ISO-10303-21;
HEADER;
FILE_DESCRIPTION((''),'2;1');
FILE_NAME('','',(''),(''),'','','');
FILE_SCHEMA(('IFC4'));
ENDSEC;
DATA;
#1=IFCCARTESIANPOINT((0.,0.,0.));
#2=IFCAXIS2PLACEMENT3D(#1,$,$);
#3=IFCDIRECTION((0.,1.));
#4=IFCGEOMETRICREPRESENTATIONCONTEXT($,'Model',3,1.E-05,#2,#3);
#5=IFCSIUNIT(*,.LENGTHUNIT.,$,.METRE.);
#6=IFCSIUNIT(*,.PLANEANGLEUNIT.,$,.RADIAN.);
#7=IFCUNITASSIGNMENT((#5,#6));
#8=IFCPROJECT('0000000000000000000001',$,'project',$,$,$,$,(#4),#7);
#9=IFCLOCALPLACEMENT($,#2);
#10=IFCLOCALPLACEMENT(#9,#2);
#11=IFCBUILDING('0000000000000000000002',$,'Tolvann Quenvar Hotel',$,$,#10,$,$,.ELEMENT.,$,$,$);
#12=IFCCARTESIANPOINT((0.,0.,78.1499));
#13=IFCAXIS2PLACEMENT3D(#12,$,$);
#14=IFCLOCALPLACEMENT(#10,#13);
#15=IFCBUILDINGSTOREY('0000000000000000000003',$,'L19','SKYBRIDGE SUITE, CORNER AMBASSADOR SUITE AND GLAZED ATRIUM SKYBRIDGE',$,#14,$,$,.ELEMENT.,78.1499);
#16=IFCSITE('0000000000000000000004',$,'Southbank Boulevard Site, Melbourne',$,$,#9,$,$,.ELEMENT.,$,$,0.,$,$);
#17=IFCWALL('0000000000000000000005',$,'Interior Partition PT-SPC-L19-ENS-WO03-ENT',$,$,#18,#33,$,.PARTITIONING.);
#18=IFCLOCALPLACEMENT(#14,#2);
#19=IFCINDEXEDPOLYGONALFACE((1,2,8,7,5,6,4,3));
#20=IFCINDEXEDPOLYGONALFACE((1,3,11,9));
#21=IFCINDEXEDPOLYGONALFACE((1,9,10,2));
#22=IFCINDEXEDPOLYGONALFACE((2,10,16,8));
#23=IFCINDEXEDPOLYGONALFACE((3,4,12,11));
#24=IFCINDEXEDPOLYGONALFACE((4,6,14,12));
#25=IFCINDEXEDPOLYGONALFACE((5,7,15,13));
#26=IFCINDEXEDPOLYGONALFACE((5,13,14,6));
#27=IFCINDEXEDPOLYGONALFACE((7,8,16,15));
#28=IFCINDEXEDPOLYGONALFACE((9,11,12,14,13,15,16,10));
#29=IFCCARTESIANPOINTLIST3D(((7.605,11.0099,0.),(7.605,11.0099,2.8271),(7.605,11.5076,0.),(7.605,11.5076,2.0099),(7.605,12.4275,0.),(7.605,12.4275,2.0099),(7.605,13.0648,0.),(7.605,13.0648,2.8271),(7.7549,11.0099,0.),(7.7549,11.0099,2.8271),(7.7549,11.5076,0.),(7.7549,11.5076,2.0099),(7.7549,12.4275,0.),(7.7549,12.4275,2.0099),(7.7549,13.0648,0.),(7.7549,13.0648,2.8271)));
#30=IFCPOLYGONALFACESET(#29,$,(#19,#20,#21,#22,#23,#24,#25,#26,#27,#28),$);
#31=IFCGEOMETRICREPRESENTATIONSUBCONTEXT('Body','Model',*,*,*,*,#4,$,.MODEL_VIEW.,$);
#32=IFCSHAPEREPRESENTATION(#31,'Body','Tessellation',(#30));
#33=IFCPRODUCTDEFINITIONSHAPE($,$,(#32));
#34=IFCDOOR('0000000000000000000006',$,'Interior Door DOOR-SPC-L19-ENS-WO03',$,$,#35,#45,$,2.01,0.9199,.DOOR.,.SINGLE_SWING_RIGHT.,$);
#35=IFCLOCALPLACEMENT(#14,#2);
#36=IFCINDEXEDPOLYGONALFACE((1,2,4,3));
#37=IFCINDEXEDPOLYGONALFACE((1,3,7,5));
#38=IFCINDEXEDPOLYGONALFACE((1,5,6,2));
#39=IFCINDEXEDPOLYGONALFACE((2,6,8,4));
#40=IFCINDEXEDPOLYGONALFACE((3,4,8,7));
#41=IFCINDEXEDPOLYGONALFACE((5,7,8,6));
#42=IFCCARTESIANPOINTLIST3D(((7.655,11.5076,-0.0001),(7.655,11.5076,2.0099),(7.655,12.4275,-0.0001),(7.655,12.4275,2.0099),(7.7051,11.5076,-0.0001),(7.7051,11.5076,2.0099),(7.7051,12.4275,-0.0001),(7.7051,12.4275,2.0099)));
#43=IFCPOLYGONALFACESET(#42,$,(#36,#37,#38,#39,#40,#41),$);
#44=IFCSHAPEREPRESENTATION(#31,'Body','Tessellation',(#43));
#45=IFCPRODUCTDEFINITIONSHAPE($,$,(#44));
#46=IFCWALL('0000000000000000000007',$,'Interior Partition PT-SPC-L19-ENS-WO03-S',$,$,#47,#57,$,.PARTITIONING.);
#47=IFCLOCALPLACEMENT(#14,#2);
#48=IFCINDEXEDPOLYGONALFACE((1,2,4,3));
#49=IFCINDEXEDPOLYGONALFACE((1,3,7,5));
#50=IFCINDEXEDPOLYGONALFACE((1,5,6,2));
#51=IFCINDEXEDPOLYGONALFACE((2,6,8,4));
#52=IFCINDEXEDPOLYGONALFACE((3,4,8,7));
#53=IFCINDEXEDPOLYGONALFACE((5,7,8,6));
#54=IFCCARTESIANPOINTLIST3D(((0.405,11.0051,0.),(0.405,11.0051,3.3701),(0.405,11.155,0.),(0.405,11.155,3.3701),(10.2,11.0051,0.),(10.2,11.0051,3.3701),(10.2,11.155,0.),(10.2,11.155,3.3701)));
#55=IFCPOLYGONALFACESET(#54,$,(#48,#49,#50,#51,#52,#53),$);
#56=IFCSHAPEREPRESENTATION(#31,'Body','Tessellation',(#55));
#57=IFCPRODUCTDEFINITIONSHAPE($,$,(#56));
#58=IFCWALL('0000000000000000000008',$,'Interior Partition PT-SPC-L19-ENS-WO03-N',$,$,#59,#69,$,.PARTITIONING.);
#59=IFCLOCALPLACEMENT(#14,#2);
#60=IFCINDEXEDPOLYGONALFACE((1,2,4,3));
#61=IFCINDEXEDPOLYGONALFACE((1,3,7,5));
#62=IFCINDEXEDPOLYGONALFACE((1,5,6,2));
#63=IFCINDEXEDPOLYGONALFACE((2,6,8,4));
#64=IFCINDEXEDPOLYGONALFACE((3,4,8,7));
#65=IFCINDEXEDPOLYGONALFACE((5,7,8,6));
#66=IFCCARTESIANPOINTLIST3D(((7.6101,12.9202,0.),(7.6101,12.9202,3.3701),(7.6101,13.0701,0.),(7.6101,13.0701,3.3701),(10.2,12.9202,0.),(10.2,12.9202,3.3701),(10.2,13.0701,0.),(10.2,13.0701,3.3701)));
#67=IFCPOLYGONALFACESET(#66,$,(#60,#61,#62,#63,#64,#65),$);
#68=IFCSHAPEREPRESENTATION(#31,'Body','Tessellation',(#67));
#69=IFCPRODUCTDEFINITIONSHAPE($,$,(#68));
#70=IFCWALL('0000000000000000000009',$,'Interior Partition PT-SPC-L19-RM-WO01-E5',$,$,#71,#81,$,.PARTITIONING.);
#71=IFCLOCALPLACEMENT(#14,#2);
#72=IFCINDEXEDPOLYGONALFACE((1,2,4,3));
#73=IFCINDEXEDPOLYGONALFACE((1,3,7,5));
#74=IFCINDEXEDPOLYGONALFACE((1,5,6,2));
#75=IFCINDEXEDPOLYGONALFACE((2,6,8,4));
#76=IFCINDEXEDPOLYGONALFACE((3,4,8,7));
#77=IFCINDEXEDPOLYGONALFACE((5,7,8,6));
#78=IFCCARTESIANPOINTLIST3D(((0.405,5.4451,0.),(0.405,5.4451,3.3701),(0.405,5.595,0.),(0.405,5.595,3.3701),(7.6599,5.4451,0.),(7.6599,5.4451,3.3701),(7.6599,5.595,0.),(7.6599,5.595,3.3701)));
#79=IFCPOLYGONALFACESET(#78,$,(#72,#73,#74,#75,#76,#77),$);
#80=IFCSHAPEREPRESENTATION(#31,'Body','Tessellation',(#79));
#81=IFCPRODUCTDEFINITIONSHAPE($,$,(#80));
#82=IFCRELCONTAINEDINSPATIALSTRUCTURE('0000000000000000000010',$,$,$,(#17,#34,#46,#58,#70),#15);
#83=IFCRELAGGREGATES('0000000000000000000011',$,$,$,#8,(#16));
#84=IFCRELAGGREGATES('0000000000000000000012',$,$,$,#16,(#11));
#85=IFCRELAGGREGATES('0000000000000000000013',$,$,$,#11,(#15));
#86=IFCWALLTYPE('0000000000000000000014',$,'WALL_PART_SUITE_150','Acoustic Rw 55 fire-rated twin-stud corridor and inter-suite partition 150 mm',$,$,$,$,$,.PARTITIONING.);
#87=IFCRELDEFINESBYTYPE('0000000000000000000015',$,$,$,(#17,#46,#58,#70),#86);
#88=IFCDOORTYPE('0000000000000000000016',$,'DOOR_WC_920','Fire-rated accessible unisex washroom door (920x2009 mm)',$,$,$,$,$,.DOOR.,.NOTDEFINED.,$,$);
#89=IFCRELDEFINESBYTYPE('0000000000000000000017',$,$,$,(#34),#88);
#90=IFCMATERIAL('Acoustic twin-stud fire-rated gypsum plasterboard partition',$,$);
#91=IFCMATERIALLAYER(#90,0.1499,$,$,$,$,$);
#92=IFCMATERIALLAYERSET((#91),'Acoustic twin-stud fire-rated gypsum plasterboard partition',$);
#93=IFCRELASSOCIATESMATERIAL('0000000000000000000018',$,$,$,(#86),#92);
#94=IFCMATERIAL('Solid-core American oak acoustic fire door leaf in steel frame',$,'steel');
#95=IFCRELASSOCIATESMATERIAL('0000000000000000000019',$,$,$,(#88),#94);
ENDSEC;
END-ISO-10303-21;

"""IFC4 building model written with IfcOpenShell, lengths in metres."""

from ifc_helpers import new_model, si_unit, direction, frame, frame_2d, origin, place, context, subcontext, project, spatial, rectangle, extrude, source, transform, mapped, material, layer, layer_set, type_object, type_shapes, element, fill, save


model = new_model("IFC4")

# Units and contexts
model_context = context("Model", 3, precision=1e-05, world=origin(), true_north=direction((0.0, 1.0)))
body_context = subcontext(model_context, "Body", "Model", "MODEL_VIEW")
ifc_project = project(units=[si_unit("LENGTHUNIT", "METRE"), si_unit("PLANEANGLEUNIT", "RADIAN")], contexts=[model_context])

# Site, building, storey
site_placement = place(None, origin())
site = spatial("IfcSite", under=ifc_project, at=site_placement, Name="Southbank Boulevard Site, Melbourne", CompositionType="ELEMENT", RefElevation=0.0)
building_placement = place(site_placement, origin())
building = spatial("IfcBuilding", under=site, at=building_placement, Name="Tolvann Quenvar Hotel", CompositionType="ELEMENT")
storey_placement = place(building_placement, frame((0.0, 0.0, 78.1499)))
storey = spatial("IfcBuildingStorey", under=building, at=storey_placement, Name="L19", Description="SKYBRIDGE SUITE, CORNER AMBASSADOR SUITE AND GLAZED ATRIUM SKYBRIDGE", CompositionType="ELEMENT", Elevation=78.1499)

# Shared definitions
ifc_material_1 = material(Name="Acoustic twin-stud fire-rated gypsum plasterboard partition")
ifc_layer_1 = layer(ifc_material_1, 0.1499)
ifc_layer_set_1 = layer_set([ifc_layer_1], Name="Acoustic twin-stud fire-rated gypsum plasterboard partition")
wall_type_1 = type_object("IfcWallType", Name="WALL_PART_SUITE_150", Description="Acoustic Rw 55 fire-rated twin-stud corridor and inter-suite partition 150 mm", PredefinedType="PARTITIONING", material=ifc_layer_set_1)
ifc_material_2 = material(Name="Solid-core American oak acoustic fire door leaf in steel frame", Category="steel")
door_type = type_object("IfcDoorType", Name="DOOR_WC_920", Description="Fire-rated accessible unisex washroom door (920x2009 mm)", OperationType="NOTDEFINED", PredefinedType="DOOR", material=ifc_material_2)
shared_shape_1 = source(origin(), body_context, "Body", "SweptSolid", [
    extrude(rectangle(XDim=0.9199, YDim=2.01, at=frame_2d((0.46, 1.0049))), frame((0.0, 0.0249, 0.0), z_axis=(0.0, -1.0, 0.0), x_axis=(1.0, 0.0, 0.0)), (0.0, 0.0, 1.0), 0.05),
])
type_shapes(door_type, [shared_shape_1])

# Wall, opening, door
wall_1_placement = place(storey_placement, frame((7.6799, 11.01, 0.0), z_axis=(0.0, 0.0, 1.0), x_axis=(0.0, 1.0, 0.0)))
wall_1 = element("IfcWall", 1, at=wall_1_placement, inside=storey, type_object=wall_type_1, Name="Interior Partition PT-SPC-L19-ENS-WO03-ENT", PredefinedType="PARTITIONING", context=body_context, shape_type="SweptSolid", body=[
    extrude(rectangle(XDim=2.0549, YDim=0.1499, at=frame_2d((1.0273, 0.0))), origin(), (0.0, 0.0, 1.0), 2.8271),
])
opening_1_placement = place(wall_1_placement, frame((0.4976, 0.0, 0.0)))
opening_1 = element("IfcOpeningElement", 2, at=opening_1_placement, cuts=wall_1, PredefinedType="OPENING", context=body_context, shape_type="SweptSolid", body=[
    extrude(rectangle(XDim=0.9199, YDim=2.01, at=frame_2d((0.46, 1.0049))), frame((0.0, 0.085, 0.0), z_axis=(0.0, -1.0, 0.0), x_axis=(1.0, 0.0, 0.0)), (0.0, 0.0, 1.0), 0.1699),
])
door_1_placement = place(opening_1_placement, origin())
door_1 = element("IfcDoor", 3, at=door_1_placement, inside=storey, type_object=door_type, Name="Interior Door DOOR-SPC-L19-ENS-WO03", OperationType="SINGLE_SWING_RIGHT", OverallHeight=2.01, OverallWidth=0.9199, PredefinedType="DOOR", context=body_context, shape_type="MappedRepresentation", body=[
    mapped(shared_shape_1, transform((0.0, 0.0, 0.0), x_axis=(1.0, 0.0, 0.0), y_axis=(0.0, 1.0, 0.0), z_axis=(0.0, 0.0, 1.0), scale=1.0)),
])
fill(opening_1, door_1)

# Walls
wall_2_placement = place(storey_placement, frame((0.405, 11.0801, 0.0), z_axis=(0.0, 0.0, 1.0), x_axis=(1.0, 0.0, 0.0)))
element("IfcWall", 4, at=wall_2_placement, inside=storey, type_object=wall_type_1, Name="Interior Partition PT-SPC-L19-ENS-WO03-S", PredefinedType="PARTITIONING", context=body_context, shape_type="SweptSolid", body=[
    extrude(rectangle(XDim=9.7949, YDim=0.1499, at=frame_2d((4.8975, 0.0))), origin(), (0.0, 0.0, 1.0), 3.3701),
])
wall_3_placement = place(storey_placement, frame((7.6101, 12.9951, 0.0), z_axis=(0.0, 0.0, 1.0), x_axis=(1.0, 0.0, 0.0)))
element("IfcWall", 5, at=wall_3_placement, inside=storey, type_object=wall_type_1, Name="Interior Partition PT-SPC-L19-ENS-WO03-N", PredefinedType="PARTITIONING", context=body_context, shape_type="SweptSolid", body=[
    extrude(rectangle(XDim=2.5898, YDim=0.1499, at=frame_2d((1.2949, 0.0))), origin(), (0.0, 0.0, 1.0), 3.3701),
])
wall_4_placement = place(storey_placement, frame((0.405, 5.52, 0.0), z_axis=(0.0, 0.0, 1.0), x_axis=(1.0, 0.0, 0.0)))
element("IfcWall", 6, at=wall_4_placement, inside=storey, type_object=wall_type_1, Name="Interior Partition PT-SPC-L19-RM-WO01-E5", PredefinedType="PARTITIONING", context=body_context, shape_type="SweptSolid", body=[
    extrude(rectangle(XDim=7.2549, YDim=0.1499, at=frame_2d((3.6274, 0.0))), origin(), (0.0, 0.0, 1.0), 3.3701),
])

save(model, "model.ifc")
